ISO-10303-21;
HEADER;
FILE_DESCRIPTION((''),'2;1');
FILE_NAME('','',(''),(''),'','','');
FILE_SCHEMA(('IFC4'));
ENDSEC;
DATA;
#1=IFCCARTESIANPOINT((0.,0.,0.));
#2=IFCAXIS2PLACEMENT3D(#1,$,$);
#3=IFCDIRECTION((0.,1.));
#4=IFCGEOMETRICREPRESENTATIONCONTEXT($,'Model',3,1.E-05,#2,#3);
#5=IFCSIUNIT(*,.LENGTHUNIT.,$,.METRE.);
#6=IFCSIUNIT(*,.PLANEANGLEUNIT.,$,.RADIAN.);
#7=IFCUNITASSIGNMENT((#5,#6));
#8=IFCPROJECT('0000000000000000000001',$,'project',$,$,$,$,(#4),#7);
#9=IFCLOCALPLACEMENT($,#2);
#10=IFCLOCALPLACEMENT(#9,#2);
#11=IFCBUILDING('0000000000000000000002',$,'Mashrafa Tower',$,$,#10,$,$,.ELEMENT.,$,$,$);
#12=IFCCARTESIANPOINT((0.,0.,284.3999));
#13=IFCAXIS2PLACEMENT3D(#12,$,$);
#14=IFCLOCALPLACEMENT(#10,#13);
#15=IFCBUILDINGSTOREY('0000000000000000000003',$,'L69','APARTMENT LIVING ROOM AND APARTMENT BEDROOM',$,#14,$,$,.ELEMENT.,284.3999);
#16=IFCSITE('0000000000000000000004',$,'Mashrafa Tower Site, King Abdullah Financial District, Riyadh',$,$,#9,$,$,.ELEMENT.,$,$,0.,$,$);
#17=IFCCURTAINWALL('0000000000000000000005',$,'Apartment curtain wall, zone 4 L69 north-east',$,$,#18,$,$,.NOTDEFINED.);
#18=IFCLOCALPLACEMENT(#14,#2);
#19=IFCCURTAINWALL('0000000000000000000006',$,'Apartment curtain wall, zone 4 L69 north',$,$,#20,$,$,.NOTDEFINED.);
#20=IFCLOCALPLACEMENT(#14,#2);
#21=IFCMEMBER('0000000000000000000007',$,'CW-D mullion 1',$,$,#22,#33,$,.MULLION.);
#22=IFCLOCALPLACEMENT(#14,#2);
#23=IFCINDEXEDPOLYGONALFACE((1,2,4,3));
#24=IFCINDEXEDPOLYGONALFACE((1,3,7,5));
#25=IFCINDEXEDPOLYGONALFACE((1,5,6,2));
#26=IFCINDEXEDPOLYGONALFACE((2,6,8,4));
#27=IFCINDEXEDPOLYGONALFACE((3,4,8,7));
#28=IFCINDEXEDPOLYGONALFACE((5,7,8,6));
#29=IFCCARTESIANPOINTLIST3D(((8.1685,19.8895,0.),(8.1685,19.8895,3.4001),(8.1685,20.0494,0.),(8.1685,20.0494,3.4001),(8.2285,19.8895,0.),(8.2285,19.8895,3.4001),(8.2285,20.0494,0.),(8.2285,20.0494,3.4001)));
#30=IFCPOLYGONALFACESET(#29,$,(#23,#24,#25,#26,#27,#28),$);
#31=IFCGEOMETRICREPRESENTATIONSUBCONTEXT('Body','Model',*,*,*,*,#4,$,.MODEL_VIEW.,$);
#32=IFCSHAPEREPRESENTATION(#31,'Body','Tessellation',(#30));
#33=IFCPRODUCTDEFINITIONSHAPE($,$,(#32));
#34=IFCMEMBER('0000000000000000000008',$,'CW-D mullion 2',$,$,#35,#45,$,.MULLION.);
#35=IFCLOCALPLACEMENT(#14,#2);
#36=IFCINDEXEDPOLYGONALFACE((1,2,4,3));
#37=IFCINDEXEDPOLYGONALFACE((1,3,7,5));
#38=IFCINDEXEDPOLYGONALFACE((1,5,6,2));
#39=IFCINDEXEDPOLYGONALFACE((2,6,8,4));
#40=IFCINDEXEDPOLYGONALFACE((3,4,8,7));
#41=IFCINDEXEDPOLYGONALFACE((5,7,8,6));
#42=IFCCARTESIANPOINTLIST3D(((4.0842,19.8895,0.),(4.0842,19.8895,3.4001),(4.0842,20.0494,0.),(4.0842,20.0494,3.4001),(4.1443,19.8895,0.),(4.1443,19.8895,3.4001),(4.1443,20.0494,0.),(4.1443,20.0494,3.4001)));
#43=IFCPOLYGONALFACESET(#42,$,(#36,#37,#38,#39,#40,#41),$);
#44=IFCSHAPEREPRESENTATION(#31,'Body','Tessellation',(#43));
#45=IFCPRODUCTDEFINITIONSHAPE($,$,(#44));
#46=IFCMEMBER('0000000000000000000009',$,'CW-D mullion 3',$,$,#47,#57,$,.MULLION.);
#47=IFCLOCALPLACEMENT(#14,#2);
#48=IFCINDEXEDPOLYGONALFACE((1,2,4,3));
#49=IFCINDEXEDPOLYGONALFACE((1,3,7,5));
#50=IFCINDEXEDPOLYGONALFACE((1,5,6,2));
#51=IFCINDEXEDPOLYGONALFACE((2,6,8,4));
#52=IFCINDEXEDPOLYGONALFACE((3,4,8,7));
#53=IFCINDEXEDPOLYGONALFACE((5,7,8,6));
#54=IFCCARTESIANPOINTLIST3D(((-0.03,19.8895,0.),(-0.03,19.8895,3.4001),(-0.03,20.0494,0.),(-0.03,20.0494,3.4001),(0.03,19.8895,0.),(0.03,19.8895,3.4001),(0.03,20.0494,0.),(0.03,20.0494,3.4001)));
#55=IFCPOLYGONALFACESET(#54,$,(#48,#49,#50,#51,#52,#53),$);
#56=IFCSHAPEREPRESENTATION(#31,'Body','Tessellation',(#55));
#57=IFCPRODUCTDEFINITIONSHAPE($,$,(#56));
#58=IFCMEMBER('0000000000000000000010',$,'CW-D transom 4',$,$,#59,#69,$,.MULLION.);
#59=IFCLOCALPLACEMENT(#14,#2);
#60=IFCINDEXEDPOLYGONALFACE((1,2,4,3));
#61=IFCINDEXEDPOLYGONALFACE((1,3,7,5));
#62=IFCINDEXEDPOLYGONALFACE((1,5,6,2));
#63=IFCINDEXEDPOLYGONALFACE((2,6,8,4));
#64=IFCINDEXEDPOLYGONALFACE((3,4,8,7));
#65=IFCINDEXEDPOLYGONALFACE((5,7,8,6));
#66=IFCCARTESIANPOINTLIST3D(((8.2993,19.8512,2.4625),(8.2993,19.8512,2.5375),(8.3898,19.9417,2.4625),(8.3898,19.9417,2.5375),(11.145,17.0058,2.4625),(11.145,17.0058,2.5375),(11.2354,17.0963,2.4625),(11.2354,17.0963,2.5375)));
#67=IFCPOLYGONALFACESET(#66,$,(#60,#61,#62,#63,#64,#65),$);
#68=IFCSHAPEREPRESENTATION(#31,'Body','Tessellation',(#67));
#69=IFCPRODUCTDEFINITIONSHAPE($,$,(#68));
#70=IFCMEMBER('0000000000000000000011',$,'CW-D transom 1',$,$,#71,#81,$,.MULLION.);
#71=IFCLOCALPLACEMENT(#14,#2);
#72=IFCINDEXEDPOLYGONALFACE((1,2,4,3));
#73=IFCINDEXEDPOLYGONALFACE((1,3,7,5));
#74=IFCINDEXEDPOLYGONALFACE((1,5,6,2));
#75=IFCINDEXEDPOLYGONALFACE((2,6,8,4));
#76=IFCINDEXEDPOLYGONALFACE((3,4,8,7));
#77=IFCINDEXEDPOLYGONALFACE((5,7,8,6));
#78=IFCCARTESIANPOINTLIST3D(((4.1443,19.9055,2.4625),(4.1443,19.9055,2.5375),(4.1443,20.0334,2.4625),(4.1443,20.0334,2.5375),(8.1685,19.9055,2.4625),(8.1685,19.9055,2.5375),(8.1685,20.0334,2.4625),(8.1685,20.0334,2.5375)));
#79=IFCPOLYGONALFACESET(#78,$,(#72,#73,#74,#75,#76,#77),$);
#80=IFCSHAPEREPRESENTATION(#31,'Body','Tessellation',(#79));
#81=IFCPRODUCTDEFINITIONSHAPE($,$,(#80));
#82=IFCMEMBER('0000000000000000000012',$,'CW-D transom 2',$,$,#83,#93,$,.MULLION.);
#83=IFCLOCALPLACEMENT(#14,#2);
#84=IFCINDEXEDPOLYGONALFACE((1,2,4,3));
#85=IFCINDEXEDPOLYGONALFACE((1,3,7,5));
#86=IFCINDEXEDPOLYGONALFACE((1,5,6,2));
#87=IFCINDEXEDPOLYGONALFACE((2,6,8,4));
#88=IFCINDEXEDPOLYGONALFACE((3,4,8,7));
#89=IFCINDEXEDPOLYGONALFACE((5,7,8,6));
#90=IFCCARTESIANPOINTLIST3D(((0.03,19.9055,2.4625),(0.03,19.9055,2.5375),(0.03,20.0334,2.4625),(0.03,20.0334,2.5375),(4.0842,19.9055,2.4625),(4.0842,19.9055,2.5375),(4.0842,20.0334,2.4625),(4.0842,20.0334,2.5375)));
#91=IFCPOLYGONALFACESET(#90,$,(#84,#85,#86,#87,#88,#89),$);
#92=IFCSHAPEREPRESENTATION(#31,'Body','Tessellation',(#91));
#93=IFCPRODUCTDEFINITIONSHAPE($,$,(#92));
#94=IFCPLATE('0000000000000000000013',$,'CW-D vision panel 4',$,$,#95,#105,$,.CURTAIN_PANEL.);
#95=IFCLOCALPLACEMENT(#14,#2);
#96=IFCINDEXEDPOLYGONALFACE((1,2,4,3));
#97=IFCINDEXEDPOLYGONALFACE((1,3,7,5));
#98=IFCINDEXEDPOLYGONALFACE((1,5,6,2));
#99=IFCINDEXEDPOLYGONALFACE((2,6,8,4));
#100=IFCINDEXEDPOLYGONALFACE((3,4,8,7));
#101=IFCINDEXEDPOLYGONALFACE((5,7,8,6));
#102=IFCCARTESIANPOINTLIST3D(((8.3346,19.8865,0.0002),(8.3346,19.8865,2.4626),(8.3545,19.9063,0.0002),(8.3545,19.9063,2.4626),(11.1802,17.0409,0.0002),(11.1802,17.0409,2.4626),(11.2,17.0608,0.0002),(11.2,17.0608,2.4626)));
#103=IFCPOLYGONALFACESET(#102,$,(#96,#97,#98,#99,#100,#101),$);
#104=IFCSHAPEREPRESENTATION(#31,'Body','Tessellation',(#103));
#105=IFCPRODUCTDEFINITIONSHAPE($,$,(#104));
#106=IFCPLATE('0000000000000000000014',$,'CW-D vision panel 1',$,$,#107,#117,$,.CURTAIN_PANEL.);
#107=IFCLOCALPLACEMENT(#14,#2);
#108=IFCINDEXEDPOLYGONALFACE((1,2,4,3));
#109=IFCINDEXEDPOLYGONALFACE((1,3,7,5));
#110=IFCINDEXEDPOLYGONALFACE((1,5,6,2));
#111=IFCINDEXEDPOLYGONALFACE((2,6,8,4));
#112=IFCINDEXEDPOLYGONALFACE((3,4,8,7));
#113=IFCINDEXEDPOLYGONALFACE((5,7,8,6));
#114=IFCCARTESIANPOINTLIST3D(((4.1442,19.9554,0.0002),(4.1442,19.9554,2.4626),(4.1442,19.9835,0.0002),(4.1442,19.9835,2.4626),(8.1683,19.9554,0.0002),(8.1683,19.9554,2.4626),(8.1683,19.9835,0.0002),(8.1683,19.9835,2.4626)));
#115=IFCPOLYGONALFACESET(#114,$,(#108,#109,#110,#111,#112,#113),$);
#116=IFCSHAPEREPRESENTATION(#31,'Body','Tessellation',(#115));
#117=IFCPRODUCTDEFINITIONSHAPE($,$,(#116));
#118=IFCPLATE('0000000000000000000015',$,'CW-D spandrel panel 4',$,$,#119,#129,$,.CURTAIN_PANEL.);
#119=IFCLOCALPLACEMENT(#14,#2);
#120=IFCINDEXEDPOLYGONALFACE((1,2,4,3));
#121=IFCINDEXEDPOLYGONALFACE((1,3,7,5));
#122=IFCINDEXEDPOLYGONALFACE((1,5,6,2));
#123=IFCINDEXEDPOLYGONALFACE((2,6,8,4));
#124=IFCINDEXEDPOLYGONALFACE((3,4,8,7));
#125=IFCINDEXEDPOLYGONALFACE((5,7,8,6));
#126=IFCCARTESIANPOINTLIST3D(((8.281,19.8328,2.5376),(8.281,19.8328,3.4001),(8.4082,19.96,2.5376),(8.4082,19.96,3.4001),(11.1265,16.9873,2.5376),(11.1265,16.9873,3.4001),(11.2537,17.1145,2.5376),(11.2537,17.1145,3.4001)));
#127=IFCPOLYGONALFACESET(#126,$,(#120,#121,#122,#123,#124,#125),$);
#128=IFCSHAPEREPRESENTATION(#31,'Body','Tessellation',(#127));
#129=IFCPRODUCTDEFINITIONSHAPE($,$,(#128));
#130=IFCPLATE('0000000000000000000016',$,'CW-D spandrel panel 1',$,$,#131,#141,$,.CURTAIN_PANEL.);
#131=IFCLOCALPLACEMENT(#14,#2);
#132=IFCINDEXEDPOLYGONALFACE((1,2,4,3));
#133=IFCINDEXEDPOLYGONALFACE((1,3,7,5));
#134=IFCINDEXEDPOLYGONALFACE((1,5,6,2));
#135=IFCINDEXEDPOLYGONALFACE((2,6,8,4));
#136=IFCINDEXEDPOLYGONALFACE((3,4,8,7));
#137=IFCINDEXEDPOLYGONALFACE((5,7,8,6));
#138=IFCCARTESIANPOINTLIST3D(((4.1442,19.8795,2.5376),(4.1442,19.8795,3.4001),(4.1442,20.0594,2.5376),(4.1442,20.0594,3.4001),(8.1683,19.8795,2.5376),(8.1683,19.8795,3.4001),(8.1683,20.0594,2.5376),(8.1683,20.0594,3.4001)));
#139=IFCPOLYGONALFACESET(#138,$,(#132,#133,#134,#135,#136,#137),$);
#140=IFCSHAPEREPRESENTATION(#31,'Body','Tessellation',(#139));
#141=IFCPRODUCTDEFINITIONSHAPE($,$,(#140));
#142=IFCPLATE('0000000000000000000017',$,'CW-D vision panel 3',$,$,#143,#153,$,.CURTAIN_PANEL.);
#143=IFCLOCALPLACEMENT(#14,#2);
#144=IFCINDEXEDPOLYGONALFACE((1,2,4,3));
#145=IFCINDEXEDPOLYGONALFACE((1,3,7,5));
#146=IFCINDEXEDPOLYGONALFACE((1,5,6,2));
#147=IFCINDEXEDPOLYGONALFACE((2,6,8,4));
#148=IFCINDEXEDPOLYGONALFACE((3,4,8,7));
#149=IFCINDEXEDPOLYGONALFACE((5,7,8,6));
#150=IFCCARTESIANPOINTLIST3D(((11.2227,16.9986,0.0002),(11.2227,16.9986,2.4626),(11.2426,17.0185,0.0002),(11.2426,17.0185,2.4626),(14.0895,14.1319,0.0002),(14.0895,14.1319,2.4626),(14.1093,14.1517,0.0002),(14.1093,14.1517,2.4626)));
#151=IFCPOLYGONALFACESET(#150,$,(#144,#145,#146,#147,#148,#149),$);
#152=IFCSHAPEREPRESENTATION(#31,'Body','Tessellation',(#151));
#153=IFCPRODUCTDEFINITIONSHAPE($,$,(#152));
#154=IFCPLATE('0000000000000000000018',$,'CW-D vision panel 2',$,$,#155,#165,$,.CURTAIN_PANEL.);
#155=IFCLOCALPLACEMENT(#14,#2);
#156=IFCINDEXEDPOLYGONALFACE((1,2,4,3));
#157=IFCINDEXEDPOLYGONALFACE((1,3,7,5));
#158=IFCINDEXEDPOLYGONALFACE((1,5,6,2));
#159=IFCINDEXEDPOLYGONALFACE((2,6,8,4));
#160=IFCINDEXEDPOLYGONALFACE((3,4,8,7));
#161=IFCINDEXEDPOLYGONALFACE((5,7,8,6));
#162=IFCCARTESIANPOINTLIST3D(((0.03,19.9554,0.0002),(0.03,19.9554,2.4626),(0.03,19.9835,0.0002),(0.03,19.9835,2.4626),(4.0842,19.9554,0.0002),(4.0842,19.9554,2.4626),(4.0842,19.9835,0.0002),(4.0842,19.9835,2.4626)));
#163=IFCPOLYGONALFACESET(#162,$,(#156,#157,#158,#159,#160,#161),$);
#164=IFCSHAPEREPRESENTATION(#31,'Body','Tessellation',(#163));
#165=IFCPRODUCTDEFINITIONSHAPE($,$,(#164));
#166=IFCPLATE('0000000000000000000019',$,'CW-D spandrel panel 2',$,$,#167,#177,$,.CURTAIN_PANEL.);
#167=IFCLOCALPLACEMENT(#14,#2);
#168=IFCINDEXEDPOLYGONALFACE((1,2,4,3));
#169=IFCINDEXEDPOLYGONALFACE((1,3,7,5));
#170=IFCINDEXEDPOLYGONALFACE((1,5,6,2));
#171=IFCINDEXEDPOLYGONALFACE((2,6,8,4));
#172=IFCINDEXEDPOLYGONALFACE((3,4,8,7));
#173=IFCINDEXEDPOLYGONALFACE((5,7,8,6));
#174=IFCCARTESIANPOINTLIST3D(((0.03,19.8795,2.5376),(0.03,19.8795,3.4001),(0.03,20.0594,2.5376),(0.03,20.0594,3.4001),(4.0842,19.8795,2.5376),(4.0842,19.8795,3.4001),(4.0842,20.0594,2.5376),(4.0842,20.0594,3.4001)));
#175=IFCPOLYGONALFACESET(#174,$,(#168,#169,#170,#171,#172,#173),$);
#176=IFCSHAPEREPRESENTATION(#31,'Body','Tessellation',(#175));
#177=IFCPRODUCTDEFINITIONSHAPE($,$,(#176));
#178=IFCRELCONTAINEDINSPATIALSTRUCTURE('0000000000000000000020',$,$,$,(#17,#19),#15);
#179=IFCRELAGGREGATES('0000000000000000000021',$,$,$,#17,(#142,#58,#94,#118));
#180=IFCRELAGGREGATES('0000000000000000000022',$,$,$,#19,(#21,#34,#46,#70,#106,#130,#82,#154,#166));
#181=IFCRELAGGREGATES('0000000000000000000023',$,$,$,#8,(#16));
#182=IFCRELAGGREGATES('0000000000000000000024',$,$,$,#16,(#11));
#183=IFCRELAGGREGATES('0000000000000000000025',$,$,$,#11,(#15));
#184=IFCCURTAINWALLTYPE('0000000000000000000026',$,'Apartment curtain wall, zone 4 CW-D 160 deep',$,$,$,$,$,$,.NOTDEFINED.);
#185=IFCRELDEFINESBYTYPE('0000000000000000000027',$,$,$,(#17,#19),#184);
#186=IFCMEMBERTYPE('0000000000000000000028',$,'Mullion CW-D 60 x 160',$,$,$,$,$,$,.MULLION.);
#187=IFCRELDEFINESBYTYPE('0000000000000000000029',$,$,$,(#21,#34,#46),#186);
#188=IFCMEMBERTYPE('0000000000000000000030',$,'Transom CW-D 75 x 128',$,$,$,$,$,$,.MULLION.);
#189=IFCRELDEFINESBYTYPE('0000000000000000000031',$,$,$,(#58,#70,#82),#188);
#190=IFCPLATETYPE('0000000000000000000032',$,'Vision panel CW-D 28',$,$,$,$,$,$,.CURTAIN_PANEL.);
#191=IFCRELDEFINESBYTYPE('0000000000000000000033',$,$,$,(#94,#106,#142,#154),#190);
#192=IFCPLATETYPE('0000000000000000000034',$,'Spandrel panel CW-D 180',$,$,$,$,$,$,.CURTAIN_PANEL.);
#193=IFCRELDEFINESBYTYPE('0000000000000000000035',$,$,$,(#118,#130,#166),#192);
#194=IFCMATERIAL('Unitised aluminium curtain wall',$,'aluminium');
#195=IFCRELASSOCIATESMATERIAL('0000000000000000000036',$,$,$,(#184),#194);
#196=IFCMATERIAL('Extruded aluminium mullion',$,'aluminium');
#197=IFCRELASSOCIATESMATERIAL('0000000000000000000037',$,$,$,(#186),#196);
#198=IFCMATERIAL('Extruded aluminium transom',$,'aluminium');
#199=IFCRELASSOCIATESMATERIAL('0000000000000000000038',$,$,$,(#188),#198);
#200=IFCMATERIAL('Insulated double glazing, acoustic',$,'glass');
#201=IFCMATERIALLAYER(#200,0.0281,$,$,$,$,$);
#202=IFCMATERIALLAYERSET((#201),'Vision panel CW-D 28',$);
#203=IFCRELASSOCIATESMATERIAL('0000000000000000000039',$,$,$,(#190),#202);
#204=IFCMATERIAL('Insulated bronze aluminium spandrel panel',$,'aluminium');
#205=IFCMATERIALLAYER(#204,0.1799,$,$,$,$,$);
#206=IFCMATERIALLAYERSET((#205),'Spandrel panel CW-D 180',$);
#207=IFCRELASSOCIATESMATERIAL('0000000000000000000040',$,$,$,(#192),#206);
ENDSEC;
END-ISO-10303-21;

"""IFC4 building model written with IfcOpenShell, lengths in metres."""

from ifc_helpers import new_model, si_unit, direction, frame, origin, origin_2d, place, context, subcontext, project, spatial, rectangle, extrude, source, transform, mapped, material, layer, layer_set, material_profile, profile_set, type_object, type_shapes, element, aggregate, save


model = new_model("IFC4")

# Units and contexts
model_context = context("Model", 3, precision=1e-05, world=origin(), true_north=direction((0.0, 1.0)))
body_context = subcontext(model_context, "Body", "Model", "MODEL_VIEW")
ifc_project = project(units=[si_unit("LENGTHUNIT", "METRE"), si_unit("PLANEANGLEUNIT", "RADIAN")], contexts=[model_context])

# Site, building, storey
site_placement = place(None, origin())
site = spatial("IfcSite", under=ifc_project, at=site_placement, Name="Mashrafa Tower Site, King Abdullah Financial District, Riyadh", CompositionType="ELEMENT", RefElevation=0.0)
building_placement = place(site_placement, origin())
building = spatial("IfcBuilding", under=site, at=building_placement, Name="Mashrafa Tower", CompositionType="ELEMENT")
storey_placement = place(building_placement, frame((0.0, 0.0, 284.3999)))
storey = spatial("IfcBuildingStorey", under=building, at=storey_placement, Name="L69", Description="APARTMENT LIVING ROOM AND APARTMENT BEDROOM", CompositionType="ELEMENT", Elevation=284.3999)

# Curtain walls, members
ifc_material_1 = material(Name="Unitised aluminium curtain wall", Category="aluminium")
curtain_wall_type = type_object("IfcCurtainWallType", Name="Apartment curtain wall, zone 4 CW-D 160 deep", PredefinedType="NOTDEFINED", material=ifc_material_1)
curtain_wall_1_placement = place(storey_placement, origin())
curtain_wall_1 = element("IfcCurtainWall", 1, at=curtain_wall_1_placement, inside=storey, type_object=curtain_wall_type, Name="Apartment curtain wall, zone 4 L69 north-east", PredefinedType="NOTDEFINED")
ifc_material_2 = material(Name="Extruded aluminium mullion", Category="aluminium")
ifc_material_profile_1 = material_profile(ifc_material_2, rectangle(XDim=0.1599, YDim=0.0601, at=origin_2d()), Name="Mullion 60x160")
ifc_profile_set_1 = profile_set([ifc_material_profile_1], Name="Extruded aluminium mullion")
member_type_1 = type_object("IfcMemberType", Name="Mullion CW-D 60 x 160", PredefinedType="MULLION", material=ifc_profile_set_1)
shared_shape_1 = source(origin(), body_context, "Body", "SweptSolid", [
    extrude(rectangle(XDim=0.1599, YDim=0.0601, at=origin_2d()), origin(), (0.0, 0.0, 1.0), 3.4001),
])
type_shapes(member_type_1, [shared_shape_1])
curtain_wall_2_placement = place(storey_placement, origin())
curtain_wall_2 = element("IfcCurtainWall", 2, at=curtain_wall_2_placement, inside=storey, type_object=curtain_wall_type, Name="Apartment curtain wall, zone 4 L69 north", PredefinedType="NOTDEFINED")
member_1_placement = place(storey_placement, frame((8.1985, 19.9695, 0.0), z_axis=(0.0, 0.0, 1.0), x_axis=(0.0, -1.0, 0.0)))
member_1 = element("IfcMember", 3, at=member_1_placement, type_object=member_type_1, Name="CW-D mullion 1", PredefinedType="MULLION", context=body_context, shape_type="MappedRepresentation", body=[
    mapped(shared_shape_1, transform((0.0, 0.0, 0.0))),
])
member_2_placement = place(storey_placement, frame((4.1143, 19.9695, 0.0), z_axis=(0.0, 0.0, 1.0), x_axis=(0.0, -1.0, 0.0)))
member_2 = element("IfcMember", 4, at=member_2_placement, type_object=member_type_1, Name="CW-D mullion 2", PredefinedType="MULLION", context=body_context, shape_type="MappedRepresentation", body=[
    mapped(shared_shape_1, transform((0.0, 0.0, 0.0))),
])
member_3_placement = place(storey_placement, frame((0.0, 19.9695, 0.0), z_axis=(0.0, 0.0, 1.0), x_axis=(0.0, -1.0, 0.0)))
member_3 = element("IfcMember", 5, at=member_3_placement, type_object=member_type_1, Name="CW-D mullion 3", PredefinedType="MULLION", context=body_context, shape_type="MappedRepresentation", body=[
    mapped(shared_shape_1, transform((0.0, 0.0, 0.0))),
])

# Members
ifc_material_3 = material(Name="Extruded aluminium transom", Category="aluminium")
ifc_material_profile_2 = material_profile(ifc_material_3, rectangle(XDim=0.1279, YDim=0.075, at=origin_2d()), Name="Transom 75x128")
ifc_profile_set_2 = profile_set([ifc_material_profile_2], Name="Extruded aluminium transom")
member_type_2 = type_object("IfcMemberType", Name="Transom CW-D 75 x 128", PredefinedType="MULLION", material=ifc_profile_set_2)
shared_shape_2 = source(origin(), body_context, "Body", "SweptSolid", [
    extrude(rectangle(XDim=0.1279, YDim=0.075, at=origin_2d()), origin(), (0.0, 0.0, 1.0), 4.0242),
])
member_4_placement = place(storey_placement, frame((11.1902, 17.051, 2.5), z_axis=(-0.707137, 0.707076, 0.0), x_axis=(-0.707076, -0.707137, 0.0)))
member_4 = element("IfcMember", 6, at=member_4_placement, type_object=member_type_2, Name="CW-D transom 4", PredefinedType="MULLION", context=body_context, shape_type="MappedRepresentation", body=[
    mapped(shared_shape_2, transform((0.0, 0.0, 0.0))),
])
member_5_placement = place(storey_placement, frame((8.1685, 19.9695, 2.5), z_axis=(-1.0, 0.0, 0.0), x_axis=(0.0, -1.0, 0.0)))
member_5 = element("IfcMember", 7, at=member_5_placement, type_object=member_type_2, Name="CW-D transom 1", PredefinedType="MULLION", context=body_context, shape_type="MappedRepresentation", body=[
    mapped(shared_shape_2, transform((0.0, 0.0, 0.0))),
])
shared_shape_3 = source(origin(), body_context, "Body", "SweptSolid", [
    extrude(rectangle(XDim=0.1279, YDim=0.075, at=origin_2d()), origin(), (0.0, 0.0, 1.0), 4.0542),
])
type_shapes(member_type_2, [shared_shape_2, shared_shape_3])
member_6_placement = place(storey_placement, frame((4.0842, 19.9695, 2.5), z_axis=(-1.0, 0.0, 0.0), x_axis=(0.0, -1.0, 0.0)))
member_6 = element("IfcMember", 8, at=member_6_placement, type_object=member_type_2, Name="CW-D transom 2", PredefinedType="MULLION", context=body_context, shape_type="MappedRepresentation", body=[
    mapped(shared_shape_3, transform((0.0, 0.0, 0.0))),
])

# Plates
ifc_material_4 = material(Name="Insulated double glazing, acoustic", Category="glass")
ifc_layer_1 = layer(ifc_material_4, 0.0281)
ifc_layer_set_1 = layer_set([ifc_layer_1], Name="Vision panel CW-D 28")
plate_type_1 = type_object("IfcPlateType", Name="Vision panel CW-D 28", PredefinedType="CURTAIN_PANEL", material=ifc_layer_set_1)
shared_shape_4 = source(origin(), body_context, "Body", "SweptSolid", [
    extrude(rectangle(XDim=4.0242, YDim=0.0281, at=origin_2d()), origin(), (0.0, 0.0, 1.0), 2.4624),
])
plate_1_placement = place(storey_placement, frame((9.7673, 18.4736, 0.0002), z_axis=(0.0, 0.0, 1.0), x_axis=(-0.707107, 0.707107, 0.0)))
plate_1 = element("IfcPlate", 9, at=plate_1_placement, type_object=plate_type_1, Name="CW-D vision panel 4", PredefinedType="CURTAIN_PANEL", context=body_context, shape_type="MappedRepresentation", body=[
    mapped(shared_shape_4, transform((0.0, 0.0, 0.0))),
])
plate_2_placement = place(storey_placement, frame((6.1562, 19.9695, 0.0002), z_axis=(0.0, 0.0, 1.0), x_axis=(-1.0, 0.0, 0.0)))
plate_2 = element("IfcPlate", 10, at=plate_2_placement, type_object=plate_type_1, Name="CW-D vision panel 1", PredefinedType="CURTAIN_PANEL", context=body_context, shape_type="MappedRepresentation", body=[
    mapped(shared_shape_4, transform((0.0, 0.0, 0.0))),
])
ifc_material_5 = material(Name="Insulated bronze aluminium spandrel panel", Category="aluminium")
ifc_layer_2 = layer(ifc_material_5, 0.1799)
ifc_layer_set_2 = layer_set([ifc_layer_2], Name="Spandrel panel CW-D 180")
plate_type_2 = type_object("IfcPlateType", Name="Spandrel panel CW-D 180", PredefinedType="CURTAIN_PANEL", material=ifc_layer_set_2)
shared_shape_5 = source(origin(), body_context, "Body", "SweptSolid", [
    extrude(rectangle(XDim=4.0242, YDim=0.1799, at=origin_2d()), origin(), (0.0, 0.0, 1.0), 0.8625),
])
plate_3_placement = place(storey_placement, frame((9.7673, 18.4736, 2.5376), z_axis=(0.0, 0.0, 1.0), x_axis=(-0.707107, 0.707107, 0.0)))
plate_3 = element("IfcPlate", 11, at=plate_3_placement, type_object=plate_type_2, Name="CW-D spandrel panel 4", PredefinedType="CURTAIN_PANEL", context=body_context, shape_type="MappedRepresentation", body=[
    mapped(shared_shape_5, transform((0.0, 0.0, 0.0))),
])
plate_4_placement = place(storey_placement, frame((6.1562, 19.9695, 2.5376), z_axis=(0.0, 0.0, 1.0), x_axis=(-1.0, 0.0, 0.0)))
plate_4 = element("IfcPlate", 12, at=plate_4_placement, type_object=plate_type_2, Name="CW-D spandrel panel 1", PredefinedType="CURTAIN_PANEL", context=body_context, shape_type="MappedRepresentation", body=[
    mapped(shared_shape_5, transform((0.0, 0.0, 0.0))),
])
shared_shape_6 = source(origin(), body_context, "Body", "SweptSolid", [
    extrude(rectangle(XDim=4.0542, YDim=0.0281, at=origin_2d()), origin(), (0.0, 0.0, 1.0), 2.4624),
])
type_shapes(plate_type_1, [shared_shape_4, shared_shape_6])
plate_5_placement = place(storey_placement, frame((12.666, 15.5752, 0.0002), z_axis=(0.0, 0.0, 1.0), x_axis=(-0.707107, 0.707107, 0.0)))
plate_5 = element("IfcPlate", 13, at=plate_5_placement, type_object=plate_type_1, Name="CW-D vision panel 3", PredefinedType="CURTAIN_PANEL", context=body_context, shape_type="MappedRepresentation", body=[
    mapped(shared_shape_6, transform((0.0, 0.0, 0.0))),
])
aggregate(curtain_wall_1, [plate_5, member_4, plate_1, plate_3])
plate_6_placement = place(storey_placement, frame((2.0571, 19.9695, 0.0002), z_axis=(0.0, 0.0, 1.0), x_axis=(-1.0, 0.0, 0.0)))
plate_6 = element("IfcPlate", 14, at=plate_6_placement, type_object=plate_type_1, Name="CW-D vision panel 2", PredefinedType="CURTAIN_PANEL", context=body_context, shape_type="MappedRepresentation", body=[
    mapped(shared_shape_6, transform((0.0, 0.0, 0.0))),
])
shared_shape_7 = source(origin(), body_context, "Body", "SweptSolid", [
    extrude(rectangle(XDim=4.0542, YDim=0.1799, at=origin_2d()), origin(), (0.0, 0.0, 1.0), 0.8625),
])
type_shapes(plate_type_2, [shared_shape_5, shared_shape_7])
plate_7_placement = place(storey_placement, frame((2.0571, 19.9695, 2.5376), z_axis=(0.0, 0.0, 1.0), x_axis=(-1.0, 0.0, 0.0)))
plate_7 = element("IfcPlate", 15, at=plate_7_placement, type_object=plate_type_2, Name="CW-D spandrel panel 2", PredefinedType="CURTAIN_PANEL", context=body_context, shape_type="MappedRepresentation", body=[
    mapped(shared_shape_7, transform((0.0, 0.0, 0.0))),
])
aggregate(curtain_wall_2, [member_1, member_2, member_3, member_5, plate_2, plate_4, member_6, plate_6, plate_7])

save(model, "model.ifc")
